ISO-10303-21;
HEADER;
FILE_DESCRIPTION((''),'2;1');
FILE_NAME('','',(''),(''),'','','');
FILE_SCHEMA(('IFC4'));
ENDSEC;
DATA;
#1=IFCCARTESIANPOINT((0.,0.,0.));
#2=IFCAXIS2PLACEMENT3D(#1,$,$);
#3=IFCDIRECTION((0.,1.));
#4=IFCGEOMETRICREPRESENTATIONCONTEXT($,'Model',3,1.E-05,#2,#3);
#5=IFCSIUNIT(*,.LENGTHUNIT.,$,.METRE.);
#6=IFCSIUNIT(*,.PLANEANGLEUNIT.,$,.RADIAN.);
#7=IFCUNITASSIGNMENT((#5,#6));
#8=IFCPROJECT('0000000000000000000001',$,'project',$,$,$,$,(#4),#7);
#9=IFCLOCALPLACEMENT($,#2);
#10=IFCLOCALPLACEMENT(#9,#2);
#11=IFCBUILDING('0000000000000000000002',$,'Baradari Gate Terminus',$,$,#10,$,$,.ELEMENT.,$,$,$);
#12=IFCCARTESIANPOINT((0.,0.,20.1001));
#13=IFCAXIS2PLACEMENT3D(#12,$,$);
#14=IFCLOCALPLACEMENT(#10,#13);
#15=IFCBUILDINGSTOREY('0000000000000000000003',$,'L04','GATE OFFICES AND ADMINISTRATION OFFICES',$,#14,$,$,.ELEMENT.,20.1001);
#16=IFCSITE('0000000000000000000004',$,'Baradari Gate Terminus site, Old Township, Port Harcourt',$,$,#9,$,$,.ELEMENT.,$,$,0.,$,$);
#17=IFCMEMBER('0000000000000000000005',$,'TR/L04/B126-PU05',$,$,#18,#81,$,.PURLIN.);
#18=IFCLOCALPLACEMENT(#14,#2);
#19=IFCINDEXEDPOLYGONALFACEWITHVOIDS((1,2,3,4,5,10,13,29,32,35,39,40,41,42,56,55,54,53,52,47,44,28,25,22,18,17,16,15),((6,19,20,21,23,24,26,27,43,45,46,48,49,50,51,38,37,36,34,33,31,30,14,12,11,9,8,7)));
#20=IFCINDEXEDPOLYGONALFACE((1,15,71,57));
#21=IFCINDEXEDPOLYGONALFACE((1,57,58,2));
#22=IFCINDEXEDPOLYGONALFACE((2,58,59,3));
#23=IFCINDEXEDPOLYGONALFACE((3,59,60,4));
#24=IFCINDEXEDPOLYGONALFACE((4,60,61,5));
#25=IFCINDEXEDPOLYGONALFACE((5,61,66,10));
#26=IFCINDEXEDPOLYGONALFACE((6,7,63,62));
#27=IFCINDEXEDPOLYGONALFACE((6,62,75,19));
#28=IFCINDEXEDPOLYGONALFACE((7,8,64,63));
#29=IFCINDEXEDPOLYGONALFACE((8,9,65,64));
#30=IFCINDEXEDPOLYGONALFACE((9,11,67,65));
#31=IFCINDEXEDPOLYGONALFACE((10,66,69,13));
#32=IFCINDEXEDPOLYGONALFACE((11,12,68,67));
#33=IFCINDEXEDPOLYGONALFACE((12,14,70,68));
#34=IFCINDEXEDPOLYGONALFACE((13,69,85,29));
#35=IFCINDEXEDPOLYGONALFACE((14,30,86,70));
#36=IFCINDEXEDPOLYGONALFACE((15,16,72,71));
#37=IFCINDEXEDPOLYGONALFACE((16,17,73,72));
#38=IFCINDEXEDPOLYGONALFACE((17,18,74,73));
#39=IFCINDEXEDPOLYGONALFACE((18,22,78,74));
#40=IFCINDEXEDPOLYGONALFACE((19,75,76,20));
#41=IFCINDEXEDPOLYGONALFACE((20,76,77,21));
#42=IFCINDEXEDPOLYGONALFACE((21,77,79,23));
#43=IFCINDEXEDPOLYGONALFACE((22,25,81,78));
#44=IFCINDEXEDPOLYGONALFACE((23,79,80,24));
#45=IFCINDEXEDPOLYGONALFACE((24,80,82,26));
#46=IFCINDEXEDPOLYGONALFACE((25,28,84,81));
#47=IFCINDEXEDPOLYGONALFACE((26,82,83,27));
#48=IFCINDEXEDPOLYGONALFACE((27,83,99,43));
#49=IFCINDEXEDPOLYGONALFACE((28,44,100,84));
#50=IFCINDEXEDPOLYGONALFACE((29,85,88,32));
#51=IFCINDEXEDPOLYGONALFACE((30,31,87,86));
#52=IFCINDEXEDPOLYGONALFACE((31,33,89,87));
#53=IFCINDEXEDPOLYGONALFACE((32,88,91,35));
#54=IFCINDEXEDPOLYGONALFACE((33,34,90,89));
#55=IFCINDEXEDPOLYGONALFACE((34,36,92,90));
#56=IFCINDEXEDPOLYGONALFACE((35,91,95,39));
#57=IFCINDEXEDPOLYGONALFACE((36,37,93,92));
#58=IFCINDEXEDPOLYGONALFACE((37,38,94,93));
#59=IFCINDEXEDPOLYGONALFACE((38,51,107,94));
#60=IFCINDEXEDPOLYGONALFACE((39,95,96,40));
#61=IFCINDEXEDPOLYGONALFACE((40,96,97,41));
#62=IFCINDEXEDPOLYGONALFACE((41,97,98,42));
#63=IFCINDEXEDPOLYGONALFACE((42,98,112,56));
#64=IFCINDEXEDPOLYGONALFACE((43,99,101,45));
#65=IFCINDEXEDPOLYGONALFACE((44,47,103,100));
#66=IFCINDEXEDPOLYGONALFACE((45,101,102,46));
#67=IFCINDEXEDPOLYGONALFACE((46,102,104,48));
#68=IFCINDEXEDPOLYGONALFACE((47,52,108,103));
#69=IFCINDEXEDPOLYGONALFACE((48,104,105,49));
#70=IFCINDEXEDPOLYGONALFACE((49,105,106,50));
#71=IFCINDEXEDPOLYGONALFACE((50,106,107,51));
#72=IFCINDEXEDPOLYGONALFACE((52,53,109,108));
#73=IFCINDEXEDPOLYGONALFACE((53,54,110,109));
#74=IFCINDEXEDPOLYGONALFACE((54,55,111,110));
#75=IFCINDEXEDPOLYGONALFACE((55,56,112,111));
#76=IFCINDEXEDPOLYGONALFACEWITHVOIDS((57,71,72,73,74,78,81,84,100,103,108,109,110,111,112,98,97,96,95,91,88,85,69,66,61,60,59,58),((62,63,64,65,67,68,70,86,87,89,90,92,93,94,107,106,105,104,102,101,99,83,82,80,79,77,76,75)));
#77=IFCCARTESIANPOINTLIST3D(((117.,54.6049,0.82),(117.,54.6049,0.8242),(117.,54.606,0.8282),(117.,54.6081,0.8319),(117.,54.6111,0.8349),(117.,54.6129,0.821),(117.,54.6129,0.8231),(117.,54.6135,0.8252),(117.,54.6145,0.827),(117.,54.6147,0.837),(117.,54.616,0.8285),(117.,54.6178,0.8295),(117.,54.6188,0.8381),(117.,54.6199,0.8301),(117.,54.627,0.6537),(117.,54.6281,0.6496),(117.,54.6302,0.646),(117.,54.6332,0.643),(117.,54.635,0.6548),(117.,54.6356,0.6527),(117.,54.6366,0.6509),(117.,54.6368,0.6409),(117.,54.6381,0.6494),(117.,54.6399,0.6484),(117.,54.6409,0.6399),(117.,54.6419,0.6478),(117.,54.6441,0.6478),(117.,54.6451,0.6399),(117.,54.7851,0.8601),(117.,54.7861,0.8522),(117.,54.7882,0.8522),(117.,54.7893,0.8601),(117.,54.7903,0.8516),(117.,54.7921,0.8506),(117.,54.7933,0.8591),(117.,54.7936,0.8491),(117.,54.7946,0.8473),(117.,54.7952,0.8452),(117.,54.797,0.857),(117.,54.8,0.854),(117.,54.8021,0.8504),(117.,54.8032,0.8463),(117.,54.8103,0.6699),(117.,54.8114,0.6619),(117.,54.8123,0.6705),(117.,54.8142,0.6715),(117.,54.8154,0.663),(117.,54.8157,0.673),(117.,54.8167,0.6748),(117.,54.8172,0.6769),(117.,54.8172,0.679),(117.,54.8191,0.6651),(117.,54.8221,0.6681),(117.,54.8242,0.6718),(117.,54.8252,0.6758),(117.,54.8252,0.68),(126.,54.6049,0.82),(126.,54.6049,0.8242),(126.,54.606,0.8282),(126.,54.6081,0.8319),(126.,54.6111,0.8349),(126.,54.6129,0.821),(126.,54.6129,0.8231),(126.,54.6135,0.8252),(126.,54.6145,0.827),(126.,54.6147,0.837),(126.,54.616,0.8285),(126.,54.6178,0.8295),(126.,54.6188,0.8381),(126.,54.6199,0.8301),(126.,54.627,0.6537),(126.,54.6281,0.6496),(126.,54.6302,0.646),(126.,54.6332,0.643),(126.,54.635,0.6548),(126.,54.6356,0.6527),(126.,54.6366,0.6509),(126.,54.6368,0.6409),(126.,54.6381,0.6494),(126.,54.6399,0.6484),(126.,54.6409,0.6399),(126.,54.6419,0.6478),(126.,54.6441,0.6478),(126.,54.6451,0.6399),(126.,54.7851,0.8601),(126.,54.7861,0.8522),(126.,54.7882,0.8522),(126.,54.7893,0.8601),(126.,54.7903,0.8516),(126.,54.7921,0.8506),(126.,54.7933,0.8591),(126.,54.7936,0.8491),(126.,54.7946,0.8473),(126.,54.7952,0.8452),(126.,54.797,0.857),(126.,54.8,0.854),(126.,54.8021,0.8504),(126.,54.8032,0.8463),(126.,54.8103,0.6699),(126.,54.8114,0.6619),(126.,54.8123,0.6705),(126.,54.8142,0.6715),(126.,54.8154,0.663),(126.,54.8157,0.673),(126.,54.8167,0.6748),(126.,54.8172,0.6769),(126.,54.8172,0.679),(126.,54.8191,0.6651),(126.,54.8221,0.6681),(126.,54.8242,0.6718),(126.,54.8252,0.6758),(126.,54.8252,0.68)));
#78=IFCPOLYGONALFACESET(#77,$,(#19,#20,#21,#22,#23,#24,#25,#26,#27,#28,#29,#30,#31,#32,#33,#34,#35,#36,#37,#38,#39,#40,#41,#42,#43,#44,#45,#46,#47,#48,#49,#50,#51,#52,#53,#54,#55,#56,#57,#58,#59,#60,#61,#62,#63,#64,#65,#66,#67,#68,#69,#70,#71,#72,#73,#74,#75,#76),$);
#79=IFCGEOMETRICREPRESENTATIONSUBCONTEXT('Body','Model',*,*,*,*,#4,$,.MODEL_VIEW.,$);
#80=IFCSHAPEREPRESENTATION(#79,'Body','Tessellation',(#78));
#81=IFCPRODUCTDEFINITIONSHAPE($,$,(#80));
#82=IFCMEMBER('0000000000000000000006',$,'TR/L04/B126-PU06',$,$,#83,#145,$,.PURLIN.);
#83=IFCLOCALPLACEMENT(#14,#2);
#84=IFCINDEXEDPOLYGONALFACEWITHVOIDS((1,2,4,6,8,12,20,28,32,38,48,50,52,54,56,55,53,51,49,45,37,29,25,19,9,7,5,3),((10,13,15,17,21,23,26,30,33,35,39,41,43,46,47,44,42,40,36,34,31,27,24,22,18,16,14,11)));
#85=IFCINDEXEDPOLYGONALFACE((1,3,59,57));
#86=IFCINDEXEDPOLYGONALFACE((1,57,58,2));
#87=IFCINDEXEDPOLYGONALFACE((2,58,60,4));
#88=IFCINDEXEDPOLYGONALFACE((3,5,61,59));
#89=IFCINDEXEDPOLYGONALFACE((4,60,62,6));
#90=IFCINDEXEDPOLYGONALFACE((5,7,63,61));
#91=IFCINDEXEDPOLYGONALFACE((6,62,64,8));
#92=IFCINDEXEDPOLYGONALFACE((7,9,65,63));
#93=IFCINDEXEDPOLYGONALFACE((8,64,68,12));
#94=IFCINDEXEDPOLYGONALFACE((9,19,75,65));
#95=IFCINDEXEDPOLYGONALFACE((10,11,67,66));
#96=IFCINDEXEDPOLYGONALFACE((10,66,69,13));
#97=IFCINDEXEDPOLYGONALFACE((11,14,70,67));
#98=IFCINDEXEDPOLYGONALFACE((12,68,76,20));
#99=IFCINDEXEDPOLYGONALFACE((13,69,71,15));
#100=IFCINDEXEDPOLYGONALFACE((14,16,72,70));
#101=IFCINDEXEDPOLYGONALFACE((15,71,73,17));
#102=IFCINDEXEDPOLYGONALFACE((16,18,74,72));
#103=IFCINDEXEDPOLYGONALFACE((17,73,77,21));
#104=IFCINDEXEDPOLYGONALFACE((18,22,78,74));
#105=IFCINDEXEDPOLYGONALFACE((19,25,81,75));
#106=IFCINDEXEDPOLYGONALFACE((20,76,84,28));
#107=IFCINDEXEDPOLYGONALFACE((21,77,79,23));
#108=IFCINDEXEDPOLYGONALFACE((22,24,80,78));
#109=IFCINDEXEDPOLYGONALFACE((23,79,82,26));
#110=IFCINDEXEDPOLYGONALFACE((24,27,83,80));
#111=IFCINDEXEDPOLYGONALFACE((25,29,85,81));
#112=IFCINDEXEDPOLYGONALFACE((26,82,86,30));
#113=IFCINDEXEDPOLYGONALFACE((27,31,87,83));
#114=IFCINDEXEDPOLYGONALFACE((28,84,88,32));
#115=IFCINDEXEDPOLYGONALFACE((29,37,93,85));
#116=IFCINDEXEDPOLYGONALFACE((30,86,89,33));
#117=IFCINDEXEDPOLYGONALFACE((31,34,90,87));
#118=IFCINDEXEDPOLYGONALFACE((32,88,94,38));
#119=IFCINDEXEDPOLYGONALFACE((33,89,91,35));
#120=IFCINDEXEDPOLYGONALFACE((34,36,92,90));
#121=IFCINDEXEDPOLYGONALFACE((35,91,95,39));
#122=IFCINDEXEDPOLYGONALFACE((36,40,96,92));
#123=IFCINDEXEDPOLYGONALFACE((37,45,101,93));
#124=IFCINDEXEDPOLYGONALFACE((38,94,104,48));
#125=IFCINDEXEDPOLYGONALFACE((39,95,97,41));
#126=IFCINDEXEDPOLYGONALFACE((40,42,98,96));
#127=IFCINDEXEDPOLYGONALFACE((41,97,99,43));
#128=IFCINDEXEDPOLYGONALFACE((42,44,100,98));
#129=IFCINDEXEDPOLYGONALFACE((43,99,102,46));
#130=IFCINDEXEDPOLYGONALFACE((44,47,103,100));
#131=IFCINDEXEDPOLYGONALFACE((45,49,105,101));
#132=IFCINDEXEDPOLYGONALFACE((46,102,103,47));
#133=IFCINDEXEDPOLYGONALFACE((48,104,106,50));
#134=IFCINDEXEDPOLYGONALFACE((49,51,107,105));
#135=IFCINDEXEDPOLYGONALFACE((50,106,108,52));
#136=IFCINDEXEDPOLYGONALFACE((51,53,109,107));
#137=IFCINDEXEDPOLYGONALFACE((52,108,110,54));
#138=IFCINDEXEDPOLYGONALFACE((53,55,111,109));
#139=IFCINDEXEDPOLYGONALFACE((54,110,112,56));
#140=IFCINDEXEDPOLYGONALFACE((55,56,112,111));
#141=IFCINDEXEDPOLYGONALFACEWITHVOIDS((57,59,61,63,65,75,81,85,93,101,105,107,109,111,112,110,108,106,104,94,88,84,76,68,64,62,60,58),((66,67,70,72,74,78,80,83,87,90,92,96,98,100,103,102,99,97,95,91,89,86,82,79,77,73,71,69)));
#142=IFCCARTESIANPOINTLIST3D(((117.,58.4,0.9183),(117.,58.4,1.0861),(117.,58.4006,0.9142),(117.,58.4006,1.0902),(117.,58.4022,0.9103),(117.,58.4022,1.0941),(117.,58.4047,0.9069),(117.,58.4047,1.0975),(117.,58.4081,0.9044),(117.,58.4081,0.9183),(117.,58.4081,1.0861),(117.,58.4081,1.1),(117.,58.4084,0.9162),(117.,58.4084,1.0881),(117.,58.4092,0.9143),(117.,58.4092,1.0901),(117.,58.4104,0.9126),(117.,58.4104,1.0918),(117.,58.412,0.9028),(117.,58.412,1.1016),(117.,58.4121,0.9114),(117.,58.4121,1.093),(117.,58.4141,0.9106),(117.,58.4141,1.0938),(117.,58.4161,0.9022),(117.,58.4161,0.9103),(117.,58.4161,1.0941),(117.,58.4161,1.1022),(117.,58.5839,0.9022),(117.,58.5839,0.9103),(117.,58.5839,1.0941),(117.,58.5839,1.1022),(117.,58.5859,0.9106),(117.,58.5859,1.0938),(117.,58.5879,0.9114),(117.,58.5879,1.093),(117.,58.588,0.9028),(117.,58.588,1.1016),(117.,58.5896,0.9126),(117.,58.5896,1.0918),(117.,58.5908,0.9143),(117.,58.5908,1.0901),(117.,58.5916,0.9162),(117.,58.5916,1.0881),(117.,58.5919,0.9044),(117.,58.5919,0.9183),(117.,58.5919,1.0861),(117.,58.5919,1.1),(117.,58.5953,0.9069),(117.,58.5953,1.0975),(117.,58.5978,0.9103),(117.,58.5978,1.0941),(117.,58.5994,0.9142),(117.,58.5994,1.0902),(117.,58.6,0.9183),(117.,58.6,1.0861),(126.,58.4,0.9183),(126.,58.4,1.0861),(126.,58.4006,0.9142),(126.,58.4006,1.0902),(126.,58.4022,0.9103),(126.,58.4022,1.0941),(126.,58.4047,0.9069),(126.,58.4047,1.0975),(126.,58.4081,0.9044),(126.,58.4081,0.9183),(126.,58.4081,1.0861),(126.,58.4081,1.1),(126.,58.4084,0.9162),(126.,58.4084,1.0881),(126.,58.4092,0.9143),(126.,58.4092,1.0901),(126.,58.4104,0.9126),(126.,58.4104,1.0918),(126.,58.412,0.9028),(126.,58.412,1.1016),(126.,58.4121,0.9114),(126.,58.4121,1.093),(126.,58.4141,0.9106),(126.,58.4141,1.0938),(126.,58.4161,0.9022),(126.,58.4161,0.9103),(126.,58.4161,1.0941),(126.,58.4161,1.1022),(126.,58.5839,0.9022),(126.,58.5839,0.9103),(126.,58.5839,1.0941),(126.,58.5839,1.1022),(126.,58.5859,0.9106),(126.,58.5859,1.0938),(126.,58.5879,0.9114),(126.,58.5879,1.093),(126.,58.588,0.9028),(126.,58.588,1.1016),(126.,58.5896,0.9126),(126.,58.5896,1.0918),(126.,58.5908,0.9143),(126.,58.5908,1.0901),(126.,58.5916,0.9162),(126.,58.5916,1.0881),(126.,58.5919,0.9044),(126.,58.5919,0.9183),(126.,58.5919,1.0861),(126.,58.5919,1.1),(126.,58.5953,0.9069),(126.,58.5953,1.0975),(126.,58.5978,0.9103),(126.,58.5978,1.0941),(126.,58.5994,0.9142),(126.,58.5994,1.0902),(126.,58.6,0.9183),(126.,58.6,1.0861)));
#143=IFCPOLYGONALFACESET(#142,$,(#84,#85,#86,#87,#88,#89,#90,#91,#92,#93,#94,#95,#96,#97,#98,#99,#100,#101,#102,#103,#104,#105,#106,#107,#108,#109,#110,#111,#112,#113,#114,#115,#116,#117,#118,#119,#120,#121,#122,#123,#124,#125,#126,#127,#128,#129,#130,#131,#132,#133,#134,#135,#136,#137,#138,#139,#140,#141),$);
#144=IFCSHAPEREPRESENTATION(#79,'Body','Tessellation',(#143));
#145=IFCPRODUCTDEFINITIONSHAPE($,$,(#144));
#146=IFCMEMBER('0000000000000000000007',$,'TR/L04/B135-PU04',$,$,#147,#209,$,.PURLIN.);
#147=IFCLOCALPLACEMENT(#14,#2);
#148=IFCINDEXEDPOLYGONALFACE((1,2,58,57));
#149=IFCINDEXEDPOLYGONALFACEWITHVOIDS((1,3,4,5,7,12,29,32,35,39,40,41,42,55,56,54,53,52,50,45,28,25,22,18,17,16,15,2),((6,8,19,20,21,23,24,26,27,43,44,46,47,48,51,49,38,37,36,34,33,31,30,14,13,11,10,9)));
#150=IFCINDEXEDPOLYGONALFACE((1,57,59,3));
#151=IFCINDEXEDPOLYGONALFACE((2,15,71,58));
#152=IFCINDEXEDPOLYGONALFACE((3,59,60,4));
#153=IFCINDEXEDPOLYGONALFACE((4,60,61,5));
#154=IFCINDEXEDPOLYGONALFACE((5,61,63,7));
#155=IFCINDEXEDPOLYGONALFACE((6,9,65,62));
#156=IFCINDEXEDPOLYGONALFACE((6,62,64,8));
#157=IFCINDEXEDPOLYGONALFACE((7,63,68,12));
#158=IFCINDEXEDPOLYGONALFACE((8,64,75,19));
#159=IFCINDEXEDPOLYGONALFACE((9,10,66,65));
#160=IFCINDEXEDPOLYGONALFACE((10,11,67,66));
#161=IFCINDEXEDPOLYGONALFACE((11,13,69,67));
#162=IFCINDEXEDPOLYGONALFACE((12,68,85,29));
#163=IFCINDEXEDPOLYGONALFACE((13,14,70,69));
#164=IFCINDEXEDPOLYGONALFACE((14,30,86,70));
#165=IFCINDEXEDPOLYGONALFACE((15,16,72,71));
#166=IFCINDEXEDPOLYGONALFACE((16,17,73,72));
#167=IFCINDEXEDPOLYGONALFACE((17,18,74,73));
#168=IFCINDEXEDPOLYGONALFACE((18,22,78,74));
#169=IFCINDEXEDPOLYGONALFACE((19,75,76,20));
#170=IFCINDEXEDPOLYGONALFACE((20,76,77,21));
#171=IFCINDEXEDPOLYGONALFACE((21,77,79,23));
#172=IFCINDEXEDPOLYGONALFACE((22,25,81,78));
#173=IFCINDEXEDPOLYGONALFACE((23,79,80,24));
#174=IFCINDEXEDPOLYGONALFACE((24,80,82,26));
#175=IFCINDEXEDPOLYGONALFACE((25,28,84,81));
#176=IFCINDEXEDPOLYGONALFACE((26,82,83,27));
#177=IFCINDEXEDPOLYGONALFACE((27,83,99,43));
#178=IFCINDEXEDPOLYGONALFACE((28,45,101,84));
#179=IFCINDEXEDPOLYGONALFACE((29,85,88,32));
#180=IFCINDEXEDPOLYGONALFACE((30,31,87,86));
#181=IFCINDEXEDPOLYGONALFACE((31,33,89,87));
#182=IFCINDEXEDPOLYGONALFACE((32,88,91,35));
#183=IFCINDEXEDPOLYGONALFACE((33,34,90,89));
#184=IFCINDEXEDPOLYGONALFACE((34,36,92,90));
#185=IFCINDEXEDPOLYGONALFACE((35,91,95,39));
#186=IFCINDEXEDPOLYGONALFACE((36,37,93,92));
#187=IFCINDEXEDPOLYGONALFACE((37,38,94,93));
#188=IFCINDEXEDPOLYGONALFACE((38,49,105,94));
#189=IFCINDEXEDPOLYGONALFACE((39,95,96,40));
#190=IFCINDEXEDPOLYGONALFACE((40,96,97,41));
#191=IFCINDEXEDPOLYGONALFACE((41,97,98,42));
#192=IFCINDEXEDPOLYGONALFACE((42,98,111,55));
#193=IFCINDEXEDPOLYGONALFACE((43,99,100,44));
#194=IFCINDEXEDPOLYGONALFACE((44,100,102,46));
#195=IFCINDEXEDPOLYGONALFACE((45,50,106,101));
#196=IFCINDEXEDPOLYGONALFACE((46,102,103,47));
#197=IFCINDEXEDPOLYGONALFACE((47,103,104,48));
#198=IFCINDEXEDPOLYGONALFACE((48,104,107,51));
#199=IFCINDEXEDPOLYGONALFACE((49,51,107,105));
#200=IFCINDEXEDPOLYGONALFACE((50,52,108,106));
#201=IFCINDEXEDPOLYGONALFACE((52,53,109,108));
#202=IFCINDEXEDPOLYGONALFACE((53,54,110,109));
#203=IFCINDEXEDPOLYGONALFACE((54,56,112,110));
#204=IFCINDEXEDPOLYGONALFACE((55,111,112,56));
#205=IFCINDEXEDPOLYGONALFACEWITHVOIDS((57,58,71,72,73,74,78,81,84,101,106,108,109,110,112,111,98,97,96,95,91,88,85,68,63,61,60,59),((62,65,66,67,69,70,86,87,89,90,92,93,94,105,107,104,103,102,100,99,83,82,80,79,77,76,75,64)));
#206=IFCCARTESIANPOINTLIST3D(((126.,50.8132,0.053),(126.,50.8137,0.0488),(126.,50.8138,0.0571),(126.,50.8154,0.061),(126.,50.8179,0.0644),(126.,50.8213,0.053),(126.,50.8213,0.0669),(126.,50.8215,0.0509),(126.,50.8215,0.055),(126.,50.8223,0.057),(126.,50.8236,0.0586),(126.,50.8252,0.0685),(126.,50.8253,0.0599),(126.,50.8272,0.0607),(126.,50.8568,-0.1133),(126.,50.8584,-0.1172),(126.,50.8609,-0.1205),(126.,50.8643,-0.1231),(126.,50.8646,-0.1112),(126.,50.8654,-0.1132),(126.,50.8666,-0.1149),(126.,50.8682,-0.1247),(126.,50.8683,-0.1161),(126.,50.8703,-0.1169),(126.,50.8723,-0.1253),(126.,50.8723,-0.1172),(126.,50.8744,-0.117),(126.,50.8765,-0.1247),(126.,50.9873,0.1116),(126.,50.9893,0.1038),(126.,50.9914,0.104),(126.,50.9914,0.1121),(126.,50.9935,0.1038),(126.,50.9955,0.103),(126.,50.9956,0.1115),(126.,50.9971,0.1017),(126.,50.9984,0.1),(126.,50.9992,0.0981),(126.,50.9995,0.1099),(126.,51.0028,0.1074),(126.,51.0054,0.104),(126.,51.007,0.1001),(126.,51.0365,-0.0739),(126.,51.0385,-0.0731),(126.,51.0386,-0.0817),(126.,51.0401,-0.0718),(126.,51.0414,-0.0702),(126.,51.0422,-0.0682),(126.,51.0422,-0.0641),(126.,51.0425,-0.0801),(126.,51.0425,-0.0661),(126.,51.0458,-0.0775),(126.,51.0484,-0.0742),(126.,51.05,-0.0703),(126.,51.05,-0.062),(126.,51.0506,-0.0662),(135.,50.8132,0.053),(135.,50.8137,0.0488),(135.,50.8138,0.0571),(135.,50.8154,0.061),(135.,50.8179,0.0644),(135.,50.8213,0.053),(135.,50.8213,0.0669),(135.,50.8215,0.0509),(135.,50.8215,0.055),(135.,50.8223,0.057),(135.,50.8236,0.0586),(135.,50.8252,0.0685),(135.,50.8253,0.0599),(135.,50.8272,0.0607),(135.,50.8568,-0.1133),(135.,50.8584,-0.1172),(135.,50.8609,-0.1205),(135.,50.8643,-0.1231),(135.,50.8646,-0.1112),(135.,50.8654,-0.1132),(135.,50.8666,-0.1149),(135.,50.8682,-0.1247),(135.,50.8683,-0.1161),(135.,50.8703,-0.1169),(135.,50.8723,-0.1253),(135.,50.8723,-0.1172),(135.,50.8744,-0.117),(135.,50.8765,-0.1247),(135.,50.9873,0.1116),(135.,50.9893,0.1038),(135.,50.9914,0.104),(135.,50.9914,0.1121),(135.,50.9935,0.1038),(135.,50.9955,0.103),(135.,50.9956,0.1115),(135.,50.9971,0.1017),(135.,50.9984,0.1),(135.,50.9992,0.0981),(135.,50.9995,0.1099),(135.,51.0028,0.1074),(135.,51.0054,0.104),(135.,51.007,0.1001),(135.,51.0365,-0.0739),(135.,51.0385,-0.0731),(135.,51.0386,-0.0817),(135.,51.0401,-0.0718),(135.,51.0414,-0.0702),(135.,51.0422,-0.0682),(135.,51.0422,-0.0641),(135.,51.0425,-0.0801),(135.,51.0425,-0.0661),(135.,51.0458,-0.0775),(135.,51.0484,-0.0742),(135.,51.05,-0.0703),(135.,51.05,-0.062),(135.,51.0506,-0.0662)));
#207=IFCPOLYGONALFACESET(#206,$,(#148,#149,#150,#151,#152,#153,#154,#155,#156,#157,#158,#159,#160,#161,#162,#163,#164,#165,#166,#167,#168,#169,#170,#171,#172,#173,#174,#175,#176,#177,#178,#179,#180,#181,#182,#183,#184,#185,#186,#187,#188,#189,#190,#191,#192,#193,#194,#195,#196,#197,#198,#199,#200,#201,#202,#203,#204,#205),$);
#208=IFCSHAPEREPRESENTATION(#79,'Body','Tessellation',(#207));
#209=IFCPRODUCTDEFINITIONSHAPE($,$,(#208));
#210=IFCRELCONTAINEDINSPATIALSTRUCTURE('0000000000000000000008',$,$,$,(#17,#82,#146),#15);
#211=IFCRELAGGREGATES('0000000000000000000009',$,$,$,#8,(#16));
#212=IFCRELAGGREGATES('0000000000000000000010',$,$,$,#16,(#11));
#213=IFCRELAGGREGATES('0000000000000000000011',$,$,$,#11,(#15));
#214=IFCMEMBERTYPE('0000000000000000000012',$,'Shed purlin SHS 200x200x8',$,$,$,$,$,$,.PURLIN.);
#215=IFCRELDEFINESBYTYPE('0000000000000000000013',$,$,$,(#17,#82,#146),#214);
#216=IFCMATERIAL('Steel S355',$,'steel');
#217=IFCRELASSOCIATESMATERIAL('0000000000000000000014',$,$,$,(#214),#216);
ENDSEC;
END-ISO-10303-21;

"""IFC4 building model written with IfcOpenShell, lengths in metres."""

from ifc_helpers import new_model, si_unit, direction, frame, origin, origin_2d, place, context, subcontext, project, spatial, hollow_rectangle, extrude, material, material_profile, profile_set, type_object, element, save


model = new_model("IFC4")

# Units and contexts
model_context = context("Model", 3, precision=1e-05, world=origin(), true_north=direction((0.0, 1.0)))
body_context = subcontext(model_context, "Body", "Model", "MODEL_VIEW")
ifc_project = project(units=[si_unit("LENGTHUNIT", "METRE"), si_unit("PLANEANGLEUNIT", "RADIAN")], contexts=[model_context])

# Site, building, storey
site_placement = place(None, origin())
site = spatial("IfcSite", under=ifc_project, at=site_placement, Name="Baradari Gate Terminus site, Old Township, Port Harcourt", CompositionType="ELEMENT", RefElevation=0.0)
building_placement = place(site_placement, origin())
building = spatial("IfcBuilding", under=site, at=building_placement, Name="Baradari Gate Terminus", CompositionType="ELEMENT")
storey_placement = place(building_placement, frame((0.0, 0.0, 20.1001)))
storey = spatial("IfcBuildingStorey", under=building, at=storey_placement, Name="L04", Description="GATE OFFICES AND ADMINISTRATION OFFICES", CompositionType="ELEMENT", Elevation=20.1001)

# Members
ifc_material_1 = material(Name="Steel S355", Category="steel")
ifc_material_profile_1 = material_profile(ifc_material_1, hollow_rectangle(XDim=0.2, YDim=0.2, WallThickness=0.0081, InnerFilletRadius=0.0081, OuterFilletRadius=0.0161, at=origin_2d()), Name="SHS 200x200x8")
ifc_profile_set_1 = profile_set([ifc_material_profile_1], Name="Steel S355")
member_type_1 = type_object("IfcMemberType", Name="Shed purlin SHS 200x200x8", PredefinedType="PURLIN", material=ifc_profile_set_1)
for number, where, z_axis, x_axis, name in (
    (1, (117.0, 54.7151, 0.75), (1.0, 0.0, 0.0), (0.0, 0.991303, 0.131599), "TR/L04/B126-PU05"),
    (2, (117.0, 58.5, 1.0022), (1.0, 0.0, 0.0), (0.0, 1.0, 0.0), "TR/L04/B126-PU06"),
    (3, (126.0, 50.9319, -0.0066), (1.0, 0.0, 0.0), (0.0, 0.9665, 0.256668), "TR/L04/B135-PU04"),
):
    element("IfcMember", number, at=place(storey_placement, frame(where, z_axis=z_axis, x_axis=x_axis)), inside=storey, type_object=member_type_1, Name=name, PredefinedType="PURLIN", context=body_context, shape_type="SweptSolid", body=[
        extrude(hollow_rectangle(XDim=0.2, YDim=0.2, WallThickness=0.0081, InnerFilletRadius=0.0081, OuterFilletRadius=0.0161, at=origin_2d()), origin(), (0.0, 0.0, 1.0), 9.0),
    ])

save(model, "model.ifc")
